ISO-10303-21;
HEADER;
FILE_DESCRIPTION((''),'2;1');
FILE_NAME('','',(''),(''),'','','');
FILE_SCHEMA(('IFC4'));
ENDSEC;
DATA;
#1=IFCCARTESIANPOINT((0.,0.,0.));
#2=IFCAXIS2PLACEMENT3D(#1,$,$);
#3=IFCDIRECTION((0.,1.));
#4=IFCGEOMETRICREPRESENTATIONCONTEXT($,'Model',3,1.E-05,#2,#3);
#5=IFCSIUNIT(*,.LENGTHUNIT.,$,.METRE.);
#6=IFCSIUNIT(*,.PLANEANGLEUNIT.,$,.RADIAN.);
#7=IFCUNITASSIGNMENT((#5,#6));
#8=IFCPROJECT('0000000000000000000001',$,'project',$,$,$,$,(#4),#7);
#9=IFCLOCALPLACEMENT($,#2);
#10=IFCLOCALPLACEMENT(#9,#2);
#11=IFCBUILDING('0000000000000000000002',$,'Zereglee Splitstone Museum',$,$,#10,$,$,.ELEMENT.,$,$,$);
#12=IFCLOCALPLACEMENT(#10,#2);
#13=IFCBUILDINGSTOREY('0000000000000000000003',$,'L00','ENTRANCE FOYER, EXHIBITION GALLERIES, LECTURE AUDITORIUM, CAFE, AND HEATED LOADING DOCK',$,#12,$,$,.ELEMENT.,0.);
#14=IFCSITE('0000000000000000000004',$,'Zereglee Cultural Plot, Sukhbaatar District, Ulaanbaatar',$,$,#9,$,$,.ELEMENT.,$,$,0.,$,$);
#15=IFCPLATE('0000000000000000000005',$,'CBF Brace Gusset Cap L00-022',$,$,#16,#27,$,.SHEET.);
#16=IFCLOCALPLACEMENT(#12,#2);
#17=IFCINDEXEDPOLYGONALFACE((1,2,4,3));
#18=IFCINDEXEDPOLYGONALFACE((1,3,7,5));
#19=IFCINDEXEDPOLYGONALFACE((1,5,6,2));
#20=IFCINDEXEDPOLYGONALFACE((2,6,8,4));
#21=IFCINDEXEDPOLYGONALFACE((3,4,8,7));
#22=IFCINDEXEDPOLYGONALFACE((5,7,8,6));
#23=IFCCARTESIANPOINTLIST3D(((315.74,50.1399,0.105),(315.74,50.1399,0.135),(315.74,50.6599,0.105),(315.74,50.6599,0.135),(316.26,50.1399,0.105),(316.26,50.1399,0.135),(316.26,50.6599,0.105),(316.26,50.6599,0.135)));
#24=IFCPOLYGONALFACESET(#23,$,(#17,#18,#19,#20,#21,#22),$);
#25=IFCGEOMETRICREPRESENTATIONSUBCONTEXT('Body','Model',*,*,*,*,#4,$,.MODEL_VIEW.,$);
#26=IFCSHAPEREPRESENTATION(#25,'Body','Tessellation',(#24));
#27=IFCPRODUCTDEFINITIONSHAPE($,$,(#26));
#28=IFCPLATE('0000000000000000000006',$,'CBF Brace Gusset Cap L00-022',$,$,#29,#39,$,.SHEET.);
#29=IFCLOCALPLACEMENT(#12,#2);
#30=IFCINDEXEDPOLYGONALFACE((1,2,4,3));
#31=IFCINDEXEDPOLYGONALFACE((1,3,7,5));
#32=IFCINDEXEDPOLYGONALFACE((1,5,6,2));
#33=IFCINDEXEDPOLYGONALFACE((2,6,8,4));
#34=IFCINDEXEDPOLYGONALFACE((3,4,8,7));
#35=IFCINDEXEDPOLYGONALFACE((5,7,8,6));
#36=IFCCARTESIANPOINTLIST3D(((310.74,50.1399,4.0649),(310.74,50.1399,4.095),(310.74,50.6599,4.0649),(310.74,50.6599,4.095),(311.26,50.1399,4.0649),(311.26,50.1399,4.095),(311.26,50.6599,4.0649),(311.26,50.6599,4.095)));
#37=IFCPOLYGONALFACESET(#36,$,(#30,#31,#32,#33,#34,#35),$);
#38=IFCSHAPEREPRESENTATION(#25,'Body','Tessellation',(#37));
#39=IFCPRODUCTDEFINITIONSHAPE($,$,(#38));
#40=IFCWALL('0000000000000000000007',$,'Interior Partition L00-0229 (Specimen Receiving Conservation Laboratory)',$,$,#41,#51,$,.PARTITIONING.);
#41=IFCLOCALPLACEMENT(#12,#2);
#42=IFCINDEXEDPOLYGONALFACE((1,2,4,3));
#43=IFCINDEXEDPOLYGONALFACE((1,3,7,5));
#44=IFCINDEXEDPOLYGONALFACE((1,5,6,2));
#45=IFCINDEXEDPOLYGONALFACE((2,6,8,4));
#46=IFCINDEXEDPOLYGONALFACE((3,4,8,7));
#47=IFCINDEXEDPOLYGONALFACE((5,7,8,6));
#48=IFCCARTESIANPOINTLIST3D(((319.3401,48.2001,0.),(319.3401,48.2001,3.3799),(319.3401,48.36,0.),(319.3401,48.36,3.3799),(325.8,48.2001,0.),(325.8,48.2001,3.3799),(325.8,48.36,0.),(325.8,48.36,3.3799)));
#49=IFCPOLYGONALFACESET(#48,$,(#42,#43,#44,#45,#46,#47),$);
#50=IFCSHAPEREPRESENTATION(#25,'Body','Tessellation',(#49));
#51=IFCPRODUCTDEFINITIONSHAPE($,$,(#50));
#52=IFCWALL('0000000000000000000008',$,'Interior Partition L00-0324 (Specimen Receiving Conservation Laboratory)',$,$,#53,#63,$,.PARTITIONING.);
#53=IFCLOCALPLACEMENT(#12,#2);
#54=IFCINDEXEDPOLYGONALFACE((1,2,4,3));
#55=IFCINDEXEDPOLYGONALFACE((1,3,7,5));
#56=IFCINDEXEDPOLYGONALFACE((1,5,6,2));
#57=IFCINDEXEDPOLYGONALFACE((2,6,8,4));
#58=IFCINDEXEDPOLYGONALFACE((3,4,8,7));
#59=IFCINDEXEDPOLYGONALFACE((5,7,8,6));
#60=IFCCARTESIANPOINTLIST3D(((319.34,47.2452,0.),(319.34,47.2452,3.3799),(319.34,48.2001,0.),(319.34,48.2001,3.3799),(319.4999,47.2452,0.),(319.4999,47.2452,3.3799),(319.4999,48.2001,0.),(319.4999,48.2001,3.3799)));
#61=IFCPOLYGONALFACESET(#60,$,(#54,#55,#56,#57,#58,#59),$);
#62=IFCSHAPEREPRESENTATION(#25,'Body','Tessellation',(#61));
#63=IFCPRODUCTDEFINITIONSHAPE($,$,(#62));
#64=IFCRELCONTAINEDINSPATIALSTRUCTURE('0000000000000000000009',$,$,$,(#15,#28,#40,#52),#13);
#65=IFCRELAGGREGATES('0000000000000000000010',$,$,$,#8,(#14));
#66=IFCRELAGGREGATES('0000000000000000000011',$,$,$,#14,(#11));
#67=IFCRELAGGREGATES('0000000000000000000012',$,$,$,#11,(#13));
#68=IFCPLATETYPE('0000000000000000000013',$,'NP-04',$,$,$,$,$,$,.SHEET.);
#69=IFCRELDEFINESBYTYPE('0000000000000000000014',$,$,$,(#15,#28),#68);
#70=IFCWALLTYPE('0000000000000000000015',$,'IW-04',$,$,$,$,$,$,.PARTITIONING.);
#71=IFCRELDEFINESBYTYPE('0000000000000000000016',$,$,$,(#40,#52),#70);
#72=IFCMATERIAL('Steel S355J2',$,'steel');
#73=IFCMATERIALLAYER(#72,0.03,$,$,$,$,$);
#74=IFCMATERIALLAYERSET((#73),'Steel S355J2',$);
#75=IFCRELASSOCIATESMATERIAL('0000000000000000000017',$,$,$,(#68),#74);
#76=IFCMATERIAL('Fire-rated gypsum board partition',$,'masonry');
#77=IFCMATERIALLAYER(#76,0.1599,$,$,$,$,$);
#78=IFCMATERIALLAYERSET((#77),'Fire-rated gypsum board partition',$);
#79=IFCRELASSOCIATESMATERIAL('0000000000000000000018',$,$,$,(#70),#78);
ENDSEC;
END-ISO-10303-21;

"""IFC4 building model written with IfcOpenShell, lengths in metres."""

from ifc_helpers import new_model, si_unit, direction, frame, frame_2d, origin, origin_2d, place, context, subcontext, project, spatial, rectangle, extrude, material, layer, layer_set, type_object, element, save


model = new_model("IFC4")

# Units and contexts
model_context = context("Model", 3, precision=1e-05, world=origin(), true_north=direction((0.0, 1.0)))
body_context = subcontext(model_context, "Body", "Model", "MODEL_VIEW")
ifc_project = project(units=[si_unit("LENGTHUNIT", "METRE"), si_unit("PLANEANGLEUNIT", "RADIAN")], contexts=[model_context])

# Site, building, storey
site_placement = place(None, origin())
site = spatial("IfcSite", under=ifc_project, at=site_placement, Name="Zereglee Cultural Plot, Sukhbaatar District, Ulaanbaatar", CompositionType="ELEMENT", RefElevation=0.0)
building_placement = place(site_placement, origin())
building = spatial("IfcBuilding", under=site, at=building_placement, Name="Zereglee Splitstone Museum", CompositionType="ELEMENT")
storey_placement = place(building_placement, origin())
storey = spatial("IfcBuildingStorey", under=building, at=storey_placement, Name="L00", Description="ENTRANCE FOYER, EXHIBITION GALLERIES, LECTURE AUDITORIUM, CAFE, AND HEATED LOADING DOCK", CompositionType="ELEMENT", Elevation=0.0)

# Shared definitions
ifc_material_1 = material(Name="Steel S355J2", Category="steel")

# Plates
ifc_layer_1 = layer(ifc_material_1, 0.03)
ifc_layer_set_1 = layer_set([ifc_layer_1], Name="Steel S355J2")
plate_type_1 = type_object("IfcPlateType", Name="NP-04", PredefinedType="SHEET", material=ifc_layer_set_1)
for number, where, z_axis, x_axis, name in (
    (1, (316.0, 50.3999, 0.105), (0.0, 0.0, 1.0), (1.0, 0.0, 0.0), "CBF Brace Gusset Cap L00-022"),
    (2, (311.0, 50.3999, 4.0649), (0.0, 0.0, 1.0), (1.0, 0.0, 0.0), "CBF Brace Gusset Cap L00-022"),
):
    element("IfcPlate", number, at=place(storey_placement, frame(where, z_axis=z_axis, x_axis=x_axis)), inside=storey, type_object=plate_type_1, Name=name, PredefinedType="SHEET", context=body_context, shape_type="SweptSolid", body=[
        extrude(rectangle(XDim=0.52, YDim=0.52, at=origin_2d()), origin(), (0.0, 0.0, 1.0), 0.03),
    ])

# Walls
ifc_material_2 = material(Name="Fire-rated gypsum board partition", Category="masonry")
ifc_layer_2 = layer(ifc_material_2, 0.1599)
ifc_layer_set_2 = layer_set([ifc_layer_2], Name="Fire-rated gypsum board partition")
wall_type = type_object("IfcWallType", Name="IW-04", PredefinedType="PARTITIONING", material=ifc_layer_set_2)
wall_1_placement = place(storey_placement, frame((319.3401, 48.28, 0.0), z_axis=(0.0, 0.0, 1.0), x_axis=(1.0, 0.0, 0.0)))
element("IfcWall", 3, at=wall_1_placement, inside=storey, type_object=wall_type, Name="Interior Partition L00-0229 (Specimen Receiving Conservation Laboratory)", PredefinedType="PARTITIONING", context=body_context, shape_type="SweptSolid", body=[
    extrude(rectangle(XDim=6.46, YDim=0.1599, at=frame_2d((3.23, 0.0))), origin(), (0.0, 0.0, 1.0), 3.3799),
])
wall_2_placement = place(storey_placement, frame((319.4199, 47.2451, 0.0), z_axis=(0.0, 0.0, 1.0), x_axis=(0.0, 1.0, 0.0)))
element("IfcWall", 4, at=wall_2_placement, inside=storey, type_object=wall_type, Name="Interior Partition L00-0324 (Specimen Receiving Conservation Laboratory)", PredefinedType="PARTITIONING", context=body_context, shape_type="SweptSolid", body=[
    extrude(rectangle(XDim=0.9548, YDim=0.1599, at=frame_2d((0.4775, 0.0))), origin(), (0.0, 0.0, 1.0), 3.3799),
])

save(model, "model.ifc")
